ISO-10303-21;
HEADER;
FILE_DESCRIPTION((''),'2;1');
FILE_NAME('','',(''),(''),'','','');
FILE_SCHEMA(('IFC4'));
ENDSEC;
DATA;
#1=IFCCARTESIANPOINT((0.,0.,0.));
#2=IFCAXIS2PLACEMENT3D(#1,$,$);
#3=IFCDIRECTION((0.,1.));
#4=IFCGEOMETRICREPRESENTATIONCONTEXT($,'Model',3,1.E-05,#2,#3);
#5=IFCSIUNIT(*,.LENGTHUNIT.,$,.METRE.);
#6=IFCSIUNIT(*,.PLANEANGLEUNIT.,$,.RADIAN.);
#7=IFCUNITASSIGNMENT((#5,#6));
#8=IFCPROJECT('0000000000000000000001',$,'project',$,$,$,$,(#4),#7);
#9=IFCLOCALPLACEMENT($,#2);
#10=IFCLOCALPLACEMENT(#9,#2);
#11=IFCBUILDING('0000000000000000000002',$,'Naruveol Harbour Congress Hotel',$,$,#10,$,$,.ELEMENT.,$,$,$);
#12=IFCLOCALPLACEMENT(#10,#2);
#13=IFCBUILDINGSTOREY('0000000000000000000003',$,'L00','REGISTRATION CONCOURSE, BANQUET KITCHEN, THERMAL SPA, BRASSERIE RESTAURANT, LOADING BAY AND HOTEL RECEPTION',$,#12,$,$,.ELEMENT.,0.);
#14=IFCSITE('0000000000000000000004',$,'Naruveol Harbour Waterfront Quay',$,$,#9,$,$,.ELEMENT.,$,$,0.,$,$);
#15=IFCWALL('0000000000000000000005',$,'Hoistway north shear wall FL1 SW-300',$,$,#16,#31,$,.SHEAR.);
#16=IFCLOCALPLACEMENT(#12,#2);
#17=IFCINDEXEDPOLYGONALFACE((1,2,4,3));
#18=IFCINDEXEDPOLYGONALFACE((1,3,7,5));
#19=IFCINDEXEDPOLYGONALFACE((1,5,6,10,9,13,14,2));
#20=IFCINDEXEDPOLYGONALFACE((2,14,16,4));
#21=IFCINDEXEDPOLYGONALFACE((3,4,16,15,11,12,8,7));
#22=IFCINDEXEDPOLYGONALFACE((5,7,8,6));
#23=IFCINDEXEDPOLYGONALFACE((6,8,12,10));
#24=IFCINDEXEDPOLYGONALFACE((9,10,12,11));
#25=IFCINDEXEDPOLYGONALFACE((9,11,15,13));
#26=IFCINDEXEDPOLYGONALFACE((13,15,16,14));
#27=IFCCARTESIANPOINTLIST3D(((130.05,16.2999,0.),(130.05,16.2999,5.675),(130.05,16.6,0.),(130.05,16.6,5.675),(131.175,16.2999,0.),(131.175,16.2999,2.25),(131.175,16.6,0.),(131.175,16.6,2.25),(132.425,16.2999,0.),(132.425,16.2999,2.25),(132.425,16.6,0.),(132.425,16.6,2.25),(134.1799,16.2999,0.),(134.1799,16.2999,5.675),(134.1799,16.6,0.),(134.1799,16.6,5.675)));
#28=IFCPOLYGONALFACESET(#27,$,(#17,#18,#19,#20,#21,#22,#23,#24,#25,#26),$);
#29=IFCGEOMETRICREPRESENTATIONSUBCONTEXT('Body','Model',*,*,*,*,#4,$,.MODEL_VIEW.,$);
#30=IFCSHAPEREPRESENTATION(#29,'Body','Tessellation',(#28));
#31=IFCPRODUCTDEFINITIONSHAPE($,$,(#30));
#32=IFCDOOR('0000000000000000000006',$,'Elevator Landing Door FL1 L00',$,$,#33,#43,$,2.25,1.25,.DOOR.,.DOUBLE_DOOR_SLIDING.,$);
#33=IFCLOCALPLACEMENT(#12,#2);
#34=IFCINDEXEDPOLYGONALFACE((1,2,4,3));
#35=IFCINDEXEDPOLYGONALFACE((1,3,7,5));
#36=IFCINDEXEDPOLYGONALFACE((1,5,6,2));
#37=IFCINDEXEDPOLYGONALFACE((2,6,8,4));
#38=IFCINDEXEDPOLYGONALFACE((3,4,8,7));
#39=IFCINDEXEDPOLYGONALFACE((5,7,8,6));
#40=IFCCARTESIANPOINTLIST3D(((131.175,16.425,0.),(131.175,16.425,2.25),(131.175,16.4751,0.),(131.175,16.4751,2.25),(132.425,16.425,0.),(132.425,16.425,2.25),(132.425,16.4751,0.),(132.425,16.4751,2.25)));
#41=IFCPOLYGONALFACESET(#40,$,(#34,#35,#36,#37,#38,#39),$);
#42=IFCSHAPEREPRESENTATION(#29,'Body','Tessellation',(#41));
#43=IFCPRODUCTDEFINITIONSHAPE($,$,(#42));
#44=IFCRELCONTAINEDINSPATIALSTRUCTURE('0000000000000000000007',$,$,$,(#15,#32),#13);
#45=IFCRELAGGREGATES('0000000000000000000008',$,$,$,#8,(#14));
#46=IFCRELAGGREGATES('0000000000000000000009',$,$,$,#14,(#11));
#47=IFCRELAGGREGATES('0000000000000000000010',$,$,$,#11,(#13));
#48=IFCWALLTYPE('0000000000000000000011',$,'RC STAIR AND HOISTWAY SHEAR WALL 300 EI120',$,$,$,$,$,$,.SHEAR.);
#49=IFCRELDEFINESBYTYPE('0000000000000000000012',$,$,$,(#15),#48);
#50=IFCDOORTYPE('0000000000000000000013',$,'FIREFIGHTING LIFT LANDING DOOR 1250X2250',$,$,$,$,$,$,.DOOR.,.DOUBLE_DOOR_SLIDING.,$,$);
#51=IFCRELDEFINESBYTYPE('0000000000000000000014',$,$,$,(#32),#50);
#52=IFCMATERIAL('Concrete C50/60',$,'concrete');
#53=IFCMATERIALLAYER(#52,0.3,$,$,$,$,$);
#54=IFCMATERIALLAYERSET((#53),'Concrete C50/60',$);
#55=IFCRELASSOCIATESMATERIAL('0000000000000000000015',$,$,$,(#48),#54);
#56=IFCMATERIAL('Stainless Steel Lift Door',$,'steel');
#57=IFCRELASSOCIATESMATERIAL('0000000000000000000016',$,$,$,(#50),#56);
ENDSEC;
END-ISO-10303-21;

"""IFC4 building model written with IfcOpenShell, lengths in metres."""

from ifc_helpers import new_model, si_unit, direction, frame, frame_2d, origin, place, context, subcontext, project, spatial, rectangle, extrude, material, layer, layer_set, type_object, element, fill, save


model = new_model("IFC4")

# Units and contexts
model_context = context("Model", 3, precision=1e-05, world=origin(), true_north=direction((0.0, 1.0)))
body_context = subcontext(model_context, "Body", "Model", "MODEL_VIEW")
ifc_project = project(units=[si_unit("LENGTHUNIT", "METRE"), si_unit("PLANEANGLEUNIT", "RADIAN")], contexts=[model_context])

# Site, building, storey
site_placement = place(None, origin())
site = spatial("IfcSite", under=ifc_project, at=site_placement, Name="Naruveol Harbour Waterfront Quay", CompositionType="ELEMENT", RefElevation=0.0)
building_placement = place(site_placement, origin())
building = spatial("IfcBuilding", under=site, at=building_placement, Name="Naruveol Harbour Congress Hotel", CompositionType="ELEMENT")
storey_placement = place(building_placement, origin())
storey = spatial("IfcBuildingStorey", under=building, at=storey_placement, Name="L00", Description="REGISTRATION CONCOURSE, BANQUET KITCHEN, THERMAL SPA, BRASSERIE RESTAURANT, LOADING BAY AND HOTEL RECEPTION", CompositionType="ELEMENT", Elevation=0.0)

# Shared definitions
ifc_material_1 = material(Name="Concrete C50/60", Category="concrete")
ifc_layer_1 = layer(ifc_material_1, 0.3)
ifc_layer_set_1 = layer_set([ifc_layer_1], Name="Concrete C50/60")
wall_type_1 = type_object("IfcWallType", Name="RC STAIR AND HOISTWAY SHEAR WALL 300 EI120", PredefinedType="SHEAR", material=ifc_layer_set_1)

# Wall, opening, door
wall_1_placement = place(storey_placement, frame((134.1799, 16.45, 0.0), z_axis=(0.0, 0.0, 1.0), x_axis=(-1.0, 0.0, 0.0)))
wall_1 = element("IfcWall", 1, at=wall_1_placement, inside=storey, type_object=wall_type_1, Name="Hoistway north shear wall FL1 SW-300", PredefinedType="SHEAR", context=body_context, shape_type="SweptSolid", body=[
    extrude(rectangle(XDim=4.1299, YDim=0.3, at=frame_2d((2.0649, 0.0))), origin(), (0.0, 0.0, 1.0), 5.675),
])
opening_1_placement = place(wall_1_placement, frame((1.7549, 0.0, 0.0)))
opening_1 = element("IfcOpeningElement", 2, at=opening_1_placement, cuts=wall_1, PredefinedType="OPENING", context=body_context, shape_type="SweptSolid", body=[
    extrude(rectangle(XDim=1.25, YDim=2.25, at=frame_2d((0.625, 1.125))), frame((0.0, 0.1599, 0.0), z_axis=(0.0, -1.0, 0.0), x_axis=(1.0, 0.0, 0.0)), (0.0, 0.0, 1.0), 0.3201),
])
ifc_material_2 = material(Name="Stainless Steel Lift Door", Category="steel")
door_type_1 = type_object("IfcDoorType", Name="FIREFIGHTING LIFT LANDING DOOR 1250X2250", OperationType="DOUBLE_DOOR_SLIDING", PredefinedType="DOOR", material=ifc_material_2)
door_1_placement = place(opening_1_placement, origin())
door_1 = element("IfcDoor", 3, at=door_1_placement, inside=storey, type_object=door_type_1, Name="Elevator Landing Door FL1 L00", OperationType="DOUBLE_DOOR_SLIDING", OverallHeight=2.25, OverallWidth=1.25, PredefinedType="DOOR", context=body_context, shape_type="SweptSolid", body=[
    extrude(rectangle(XDim=1.25, YDim=2.25, at=frame_2d((0.625, 1.125))), frame((0.0, 0.0249, 0.0), z_axis=(0.0, -1.0, 0.0), x_axis=(1.0, 0.0, 0.0)), (0.0, 0.0, 1.0), 0.05),
])
fill(opening_1, door_1)

save(model, "model.ifc")
